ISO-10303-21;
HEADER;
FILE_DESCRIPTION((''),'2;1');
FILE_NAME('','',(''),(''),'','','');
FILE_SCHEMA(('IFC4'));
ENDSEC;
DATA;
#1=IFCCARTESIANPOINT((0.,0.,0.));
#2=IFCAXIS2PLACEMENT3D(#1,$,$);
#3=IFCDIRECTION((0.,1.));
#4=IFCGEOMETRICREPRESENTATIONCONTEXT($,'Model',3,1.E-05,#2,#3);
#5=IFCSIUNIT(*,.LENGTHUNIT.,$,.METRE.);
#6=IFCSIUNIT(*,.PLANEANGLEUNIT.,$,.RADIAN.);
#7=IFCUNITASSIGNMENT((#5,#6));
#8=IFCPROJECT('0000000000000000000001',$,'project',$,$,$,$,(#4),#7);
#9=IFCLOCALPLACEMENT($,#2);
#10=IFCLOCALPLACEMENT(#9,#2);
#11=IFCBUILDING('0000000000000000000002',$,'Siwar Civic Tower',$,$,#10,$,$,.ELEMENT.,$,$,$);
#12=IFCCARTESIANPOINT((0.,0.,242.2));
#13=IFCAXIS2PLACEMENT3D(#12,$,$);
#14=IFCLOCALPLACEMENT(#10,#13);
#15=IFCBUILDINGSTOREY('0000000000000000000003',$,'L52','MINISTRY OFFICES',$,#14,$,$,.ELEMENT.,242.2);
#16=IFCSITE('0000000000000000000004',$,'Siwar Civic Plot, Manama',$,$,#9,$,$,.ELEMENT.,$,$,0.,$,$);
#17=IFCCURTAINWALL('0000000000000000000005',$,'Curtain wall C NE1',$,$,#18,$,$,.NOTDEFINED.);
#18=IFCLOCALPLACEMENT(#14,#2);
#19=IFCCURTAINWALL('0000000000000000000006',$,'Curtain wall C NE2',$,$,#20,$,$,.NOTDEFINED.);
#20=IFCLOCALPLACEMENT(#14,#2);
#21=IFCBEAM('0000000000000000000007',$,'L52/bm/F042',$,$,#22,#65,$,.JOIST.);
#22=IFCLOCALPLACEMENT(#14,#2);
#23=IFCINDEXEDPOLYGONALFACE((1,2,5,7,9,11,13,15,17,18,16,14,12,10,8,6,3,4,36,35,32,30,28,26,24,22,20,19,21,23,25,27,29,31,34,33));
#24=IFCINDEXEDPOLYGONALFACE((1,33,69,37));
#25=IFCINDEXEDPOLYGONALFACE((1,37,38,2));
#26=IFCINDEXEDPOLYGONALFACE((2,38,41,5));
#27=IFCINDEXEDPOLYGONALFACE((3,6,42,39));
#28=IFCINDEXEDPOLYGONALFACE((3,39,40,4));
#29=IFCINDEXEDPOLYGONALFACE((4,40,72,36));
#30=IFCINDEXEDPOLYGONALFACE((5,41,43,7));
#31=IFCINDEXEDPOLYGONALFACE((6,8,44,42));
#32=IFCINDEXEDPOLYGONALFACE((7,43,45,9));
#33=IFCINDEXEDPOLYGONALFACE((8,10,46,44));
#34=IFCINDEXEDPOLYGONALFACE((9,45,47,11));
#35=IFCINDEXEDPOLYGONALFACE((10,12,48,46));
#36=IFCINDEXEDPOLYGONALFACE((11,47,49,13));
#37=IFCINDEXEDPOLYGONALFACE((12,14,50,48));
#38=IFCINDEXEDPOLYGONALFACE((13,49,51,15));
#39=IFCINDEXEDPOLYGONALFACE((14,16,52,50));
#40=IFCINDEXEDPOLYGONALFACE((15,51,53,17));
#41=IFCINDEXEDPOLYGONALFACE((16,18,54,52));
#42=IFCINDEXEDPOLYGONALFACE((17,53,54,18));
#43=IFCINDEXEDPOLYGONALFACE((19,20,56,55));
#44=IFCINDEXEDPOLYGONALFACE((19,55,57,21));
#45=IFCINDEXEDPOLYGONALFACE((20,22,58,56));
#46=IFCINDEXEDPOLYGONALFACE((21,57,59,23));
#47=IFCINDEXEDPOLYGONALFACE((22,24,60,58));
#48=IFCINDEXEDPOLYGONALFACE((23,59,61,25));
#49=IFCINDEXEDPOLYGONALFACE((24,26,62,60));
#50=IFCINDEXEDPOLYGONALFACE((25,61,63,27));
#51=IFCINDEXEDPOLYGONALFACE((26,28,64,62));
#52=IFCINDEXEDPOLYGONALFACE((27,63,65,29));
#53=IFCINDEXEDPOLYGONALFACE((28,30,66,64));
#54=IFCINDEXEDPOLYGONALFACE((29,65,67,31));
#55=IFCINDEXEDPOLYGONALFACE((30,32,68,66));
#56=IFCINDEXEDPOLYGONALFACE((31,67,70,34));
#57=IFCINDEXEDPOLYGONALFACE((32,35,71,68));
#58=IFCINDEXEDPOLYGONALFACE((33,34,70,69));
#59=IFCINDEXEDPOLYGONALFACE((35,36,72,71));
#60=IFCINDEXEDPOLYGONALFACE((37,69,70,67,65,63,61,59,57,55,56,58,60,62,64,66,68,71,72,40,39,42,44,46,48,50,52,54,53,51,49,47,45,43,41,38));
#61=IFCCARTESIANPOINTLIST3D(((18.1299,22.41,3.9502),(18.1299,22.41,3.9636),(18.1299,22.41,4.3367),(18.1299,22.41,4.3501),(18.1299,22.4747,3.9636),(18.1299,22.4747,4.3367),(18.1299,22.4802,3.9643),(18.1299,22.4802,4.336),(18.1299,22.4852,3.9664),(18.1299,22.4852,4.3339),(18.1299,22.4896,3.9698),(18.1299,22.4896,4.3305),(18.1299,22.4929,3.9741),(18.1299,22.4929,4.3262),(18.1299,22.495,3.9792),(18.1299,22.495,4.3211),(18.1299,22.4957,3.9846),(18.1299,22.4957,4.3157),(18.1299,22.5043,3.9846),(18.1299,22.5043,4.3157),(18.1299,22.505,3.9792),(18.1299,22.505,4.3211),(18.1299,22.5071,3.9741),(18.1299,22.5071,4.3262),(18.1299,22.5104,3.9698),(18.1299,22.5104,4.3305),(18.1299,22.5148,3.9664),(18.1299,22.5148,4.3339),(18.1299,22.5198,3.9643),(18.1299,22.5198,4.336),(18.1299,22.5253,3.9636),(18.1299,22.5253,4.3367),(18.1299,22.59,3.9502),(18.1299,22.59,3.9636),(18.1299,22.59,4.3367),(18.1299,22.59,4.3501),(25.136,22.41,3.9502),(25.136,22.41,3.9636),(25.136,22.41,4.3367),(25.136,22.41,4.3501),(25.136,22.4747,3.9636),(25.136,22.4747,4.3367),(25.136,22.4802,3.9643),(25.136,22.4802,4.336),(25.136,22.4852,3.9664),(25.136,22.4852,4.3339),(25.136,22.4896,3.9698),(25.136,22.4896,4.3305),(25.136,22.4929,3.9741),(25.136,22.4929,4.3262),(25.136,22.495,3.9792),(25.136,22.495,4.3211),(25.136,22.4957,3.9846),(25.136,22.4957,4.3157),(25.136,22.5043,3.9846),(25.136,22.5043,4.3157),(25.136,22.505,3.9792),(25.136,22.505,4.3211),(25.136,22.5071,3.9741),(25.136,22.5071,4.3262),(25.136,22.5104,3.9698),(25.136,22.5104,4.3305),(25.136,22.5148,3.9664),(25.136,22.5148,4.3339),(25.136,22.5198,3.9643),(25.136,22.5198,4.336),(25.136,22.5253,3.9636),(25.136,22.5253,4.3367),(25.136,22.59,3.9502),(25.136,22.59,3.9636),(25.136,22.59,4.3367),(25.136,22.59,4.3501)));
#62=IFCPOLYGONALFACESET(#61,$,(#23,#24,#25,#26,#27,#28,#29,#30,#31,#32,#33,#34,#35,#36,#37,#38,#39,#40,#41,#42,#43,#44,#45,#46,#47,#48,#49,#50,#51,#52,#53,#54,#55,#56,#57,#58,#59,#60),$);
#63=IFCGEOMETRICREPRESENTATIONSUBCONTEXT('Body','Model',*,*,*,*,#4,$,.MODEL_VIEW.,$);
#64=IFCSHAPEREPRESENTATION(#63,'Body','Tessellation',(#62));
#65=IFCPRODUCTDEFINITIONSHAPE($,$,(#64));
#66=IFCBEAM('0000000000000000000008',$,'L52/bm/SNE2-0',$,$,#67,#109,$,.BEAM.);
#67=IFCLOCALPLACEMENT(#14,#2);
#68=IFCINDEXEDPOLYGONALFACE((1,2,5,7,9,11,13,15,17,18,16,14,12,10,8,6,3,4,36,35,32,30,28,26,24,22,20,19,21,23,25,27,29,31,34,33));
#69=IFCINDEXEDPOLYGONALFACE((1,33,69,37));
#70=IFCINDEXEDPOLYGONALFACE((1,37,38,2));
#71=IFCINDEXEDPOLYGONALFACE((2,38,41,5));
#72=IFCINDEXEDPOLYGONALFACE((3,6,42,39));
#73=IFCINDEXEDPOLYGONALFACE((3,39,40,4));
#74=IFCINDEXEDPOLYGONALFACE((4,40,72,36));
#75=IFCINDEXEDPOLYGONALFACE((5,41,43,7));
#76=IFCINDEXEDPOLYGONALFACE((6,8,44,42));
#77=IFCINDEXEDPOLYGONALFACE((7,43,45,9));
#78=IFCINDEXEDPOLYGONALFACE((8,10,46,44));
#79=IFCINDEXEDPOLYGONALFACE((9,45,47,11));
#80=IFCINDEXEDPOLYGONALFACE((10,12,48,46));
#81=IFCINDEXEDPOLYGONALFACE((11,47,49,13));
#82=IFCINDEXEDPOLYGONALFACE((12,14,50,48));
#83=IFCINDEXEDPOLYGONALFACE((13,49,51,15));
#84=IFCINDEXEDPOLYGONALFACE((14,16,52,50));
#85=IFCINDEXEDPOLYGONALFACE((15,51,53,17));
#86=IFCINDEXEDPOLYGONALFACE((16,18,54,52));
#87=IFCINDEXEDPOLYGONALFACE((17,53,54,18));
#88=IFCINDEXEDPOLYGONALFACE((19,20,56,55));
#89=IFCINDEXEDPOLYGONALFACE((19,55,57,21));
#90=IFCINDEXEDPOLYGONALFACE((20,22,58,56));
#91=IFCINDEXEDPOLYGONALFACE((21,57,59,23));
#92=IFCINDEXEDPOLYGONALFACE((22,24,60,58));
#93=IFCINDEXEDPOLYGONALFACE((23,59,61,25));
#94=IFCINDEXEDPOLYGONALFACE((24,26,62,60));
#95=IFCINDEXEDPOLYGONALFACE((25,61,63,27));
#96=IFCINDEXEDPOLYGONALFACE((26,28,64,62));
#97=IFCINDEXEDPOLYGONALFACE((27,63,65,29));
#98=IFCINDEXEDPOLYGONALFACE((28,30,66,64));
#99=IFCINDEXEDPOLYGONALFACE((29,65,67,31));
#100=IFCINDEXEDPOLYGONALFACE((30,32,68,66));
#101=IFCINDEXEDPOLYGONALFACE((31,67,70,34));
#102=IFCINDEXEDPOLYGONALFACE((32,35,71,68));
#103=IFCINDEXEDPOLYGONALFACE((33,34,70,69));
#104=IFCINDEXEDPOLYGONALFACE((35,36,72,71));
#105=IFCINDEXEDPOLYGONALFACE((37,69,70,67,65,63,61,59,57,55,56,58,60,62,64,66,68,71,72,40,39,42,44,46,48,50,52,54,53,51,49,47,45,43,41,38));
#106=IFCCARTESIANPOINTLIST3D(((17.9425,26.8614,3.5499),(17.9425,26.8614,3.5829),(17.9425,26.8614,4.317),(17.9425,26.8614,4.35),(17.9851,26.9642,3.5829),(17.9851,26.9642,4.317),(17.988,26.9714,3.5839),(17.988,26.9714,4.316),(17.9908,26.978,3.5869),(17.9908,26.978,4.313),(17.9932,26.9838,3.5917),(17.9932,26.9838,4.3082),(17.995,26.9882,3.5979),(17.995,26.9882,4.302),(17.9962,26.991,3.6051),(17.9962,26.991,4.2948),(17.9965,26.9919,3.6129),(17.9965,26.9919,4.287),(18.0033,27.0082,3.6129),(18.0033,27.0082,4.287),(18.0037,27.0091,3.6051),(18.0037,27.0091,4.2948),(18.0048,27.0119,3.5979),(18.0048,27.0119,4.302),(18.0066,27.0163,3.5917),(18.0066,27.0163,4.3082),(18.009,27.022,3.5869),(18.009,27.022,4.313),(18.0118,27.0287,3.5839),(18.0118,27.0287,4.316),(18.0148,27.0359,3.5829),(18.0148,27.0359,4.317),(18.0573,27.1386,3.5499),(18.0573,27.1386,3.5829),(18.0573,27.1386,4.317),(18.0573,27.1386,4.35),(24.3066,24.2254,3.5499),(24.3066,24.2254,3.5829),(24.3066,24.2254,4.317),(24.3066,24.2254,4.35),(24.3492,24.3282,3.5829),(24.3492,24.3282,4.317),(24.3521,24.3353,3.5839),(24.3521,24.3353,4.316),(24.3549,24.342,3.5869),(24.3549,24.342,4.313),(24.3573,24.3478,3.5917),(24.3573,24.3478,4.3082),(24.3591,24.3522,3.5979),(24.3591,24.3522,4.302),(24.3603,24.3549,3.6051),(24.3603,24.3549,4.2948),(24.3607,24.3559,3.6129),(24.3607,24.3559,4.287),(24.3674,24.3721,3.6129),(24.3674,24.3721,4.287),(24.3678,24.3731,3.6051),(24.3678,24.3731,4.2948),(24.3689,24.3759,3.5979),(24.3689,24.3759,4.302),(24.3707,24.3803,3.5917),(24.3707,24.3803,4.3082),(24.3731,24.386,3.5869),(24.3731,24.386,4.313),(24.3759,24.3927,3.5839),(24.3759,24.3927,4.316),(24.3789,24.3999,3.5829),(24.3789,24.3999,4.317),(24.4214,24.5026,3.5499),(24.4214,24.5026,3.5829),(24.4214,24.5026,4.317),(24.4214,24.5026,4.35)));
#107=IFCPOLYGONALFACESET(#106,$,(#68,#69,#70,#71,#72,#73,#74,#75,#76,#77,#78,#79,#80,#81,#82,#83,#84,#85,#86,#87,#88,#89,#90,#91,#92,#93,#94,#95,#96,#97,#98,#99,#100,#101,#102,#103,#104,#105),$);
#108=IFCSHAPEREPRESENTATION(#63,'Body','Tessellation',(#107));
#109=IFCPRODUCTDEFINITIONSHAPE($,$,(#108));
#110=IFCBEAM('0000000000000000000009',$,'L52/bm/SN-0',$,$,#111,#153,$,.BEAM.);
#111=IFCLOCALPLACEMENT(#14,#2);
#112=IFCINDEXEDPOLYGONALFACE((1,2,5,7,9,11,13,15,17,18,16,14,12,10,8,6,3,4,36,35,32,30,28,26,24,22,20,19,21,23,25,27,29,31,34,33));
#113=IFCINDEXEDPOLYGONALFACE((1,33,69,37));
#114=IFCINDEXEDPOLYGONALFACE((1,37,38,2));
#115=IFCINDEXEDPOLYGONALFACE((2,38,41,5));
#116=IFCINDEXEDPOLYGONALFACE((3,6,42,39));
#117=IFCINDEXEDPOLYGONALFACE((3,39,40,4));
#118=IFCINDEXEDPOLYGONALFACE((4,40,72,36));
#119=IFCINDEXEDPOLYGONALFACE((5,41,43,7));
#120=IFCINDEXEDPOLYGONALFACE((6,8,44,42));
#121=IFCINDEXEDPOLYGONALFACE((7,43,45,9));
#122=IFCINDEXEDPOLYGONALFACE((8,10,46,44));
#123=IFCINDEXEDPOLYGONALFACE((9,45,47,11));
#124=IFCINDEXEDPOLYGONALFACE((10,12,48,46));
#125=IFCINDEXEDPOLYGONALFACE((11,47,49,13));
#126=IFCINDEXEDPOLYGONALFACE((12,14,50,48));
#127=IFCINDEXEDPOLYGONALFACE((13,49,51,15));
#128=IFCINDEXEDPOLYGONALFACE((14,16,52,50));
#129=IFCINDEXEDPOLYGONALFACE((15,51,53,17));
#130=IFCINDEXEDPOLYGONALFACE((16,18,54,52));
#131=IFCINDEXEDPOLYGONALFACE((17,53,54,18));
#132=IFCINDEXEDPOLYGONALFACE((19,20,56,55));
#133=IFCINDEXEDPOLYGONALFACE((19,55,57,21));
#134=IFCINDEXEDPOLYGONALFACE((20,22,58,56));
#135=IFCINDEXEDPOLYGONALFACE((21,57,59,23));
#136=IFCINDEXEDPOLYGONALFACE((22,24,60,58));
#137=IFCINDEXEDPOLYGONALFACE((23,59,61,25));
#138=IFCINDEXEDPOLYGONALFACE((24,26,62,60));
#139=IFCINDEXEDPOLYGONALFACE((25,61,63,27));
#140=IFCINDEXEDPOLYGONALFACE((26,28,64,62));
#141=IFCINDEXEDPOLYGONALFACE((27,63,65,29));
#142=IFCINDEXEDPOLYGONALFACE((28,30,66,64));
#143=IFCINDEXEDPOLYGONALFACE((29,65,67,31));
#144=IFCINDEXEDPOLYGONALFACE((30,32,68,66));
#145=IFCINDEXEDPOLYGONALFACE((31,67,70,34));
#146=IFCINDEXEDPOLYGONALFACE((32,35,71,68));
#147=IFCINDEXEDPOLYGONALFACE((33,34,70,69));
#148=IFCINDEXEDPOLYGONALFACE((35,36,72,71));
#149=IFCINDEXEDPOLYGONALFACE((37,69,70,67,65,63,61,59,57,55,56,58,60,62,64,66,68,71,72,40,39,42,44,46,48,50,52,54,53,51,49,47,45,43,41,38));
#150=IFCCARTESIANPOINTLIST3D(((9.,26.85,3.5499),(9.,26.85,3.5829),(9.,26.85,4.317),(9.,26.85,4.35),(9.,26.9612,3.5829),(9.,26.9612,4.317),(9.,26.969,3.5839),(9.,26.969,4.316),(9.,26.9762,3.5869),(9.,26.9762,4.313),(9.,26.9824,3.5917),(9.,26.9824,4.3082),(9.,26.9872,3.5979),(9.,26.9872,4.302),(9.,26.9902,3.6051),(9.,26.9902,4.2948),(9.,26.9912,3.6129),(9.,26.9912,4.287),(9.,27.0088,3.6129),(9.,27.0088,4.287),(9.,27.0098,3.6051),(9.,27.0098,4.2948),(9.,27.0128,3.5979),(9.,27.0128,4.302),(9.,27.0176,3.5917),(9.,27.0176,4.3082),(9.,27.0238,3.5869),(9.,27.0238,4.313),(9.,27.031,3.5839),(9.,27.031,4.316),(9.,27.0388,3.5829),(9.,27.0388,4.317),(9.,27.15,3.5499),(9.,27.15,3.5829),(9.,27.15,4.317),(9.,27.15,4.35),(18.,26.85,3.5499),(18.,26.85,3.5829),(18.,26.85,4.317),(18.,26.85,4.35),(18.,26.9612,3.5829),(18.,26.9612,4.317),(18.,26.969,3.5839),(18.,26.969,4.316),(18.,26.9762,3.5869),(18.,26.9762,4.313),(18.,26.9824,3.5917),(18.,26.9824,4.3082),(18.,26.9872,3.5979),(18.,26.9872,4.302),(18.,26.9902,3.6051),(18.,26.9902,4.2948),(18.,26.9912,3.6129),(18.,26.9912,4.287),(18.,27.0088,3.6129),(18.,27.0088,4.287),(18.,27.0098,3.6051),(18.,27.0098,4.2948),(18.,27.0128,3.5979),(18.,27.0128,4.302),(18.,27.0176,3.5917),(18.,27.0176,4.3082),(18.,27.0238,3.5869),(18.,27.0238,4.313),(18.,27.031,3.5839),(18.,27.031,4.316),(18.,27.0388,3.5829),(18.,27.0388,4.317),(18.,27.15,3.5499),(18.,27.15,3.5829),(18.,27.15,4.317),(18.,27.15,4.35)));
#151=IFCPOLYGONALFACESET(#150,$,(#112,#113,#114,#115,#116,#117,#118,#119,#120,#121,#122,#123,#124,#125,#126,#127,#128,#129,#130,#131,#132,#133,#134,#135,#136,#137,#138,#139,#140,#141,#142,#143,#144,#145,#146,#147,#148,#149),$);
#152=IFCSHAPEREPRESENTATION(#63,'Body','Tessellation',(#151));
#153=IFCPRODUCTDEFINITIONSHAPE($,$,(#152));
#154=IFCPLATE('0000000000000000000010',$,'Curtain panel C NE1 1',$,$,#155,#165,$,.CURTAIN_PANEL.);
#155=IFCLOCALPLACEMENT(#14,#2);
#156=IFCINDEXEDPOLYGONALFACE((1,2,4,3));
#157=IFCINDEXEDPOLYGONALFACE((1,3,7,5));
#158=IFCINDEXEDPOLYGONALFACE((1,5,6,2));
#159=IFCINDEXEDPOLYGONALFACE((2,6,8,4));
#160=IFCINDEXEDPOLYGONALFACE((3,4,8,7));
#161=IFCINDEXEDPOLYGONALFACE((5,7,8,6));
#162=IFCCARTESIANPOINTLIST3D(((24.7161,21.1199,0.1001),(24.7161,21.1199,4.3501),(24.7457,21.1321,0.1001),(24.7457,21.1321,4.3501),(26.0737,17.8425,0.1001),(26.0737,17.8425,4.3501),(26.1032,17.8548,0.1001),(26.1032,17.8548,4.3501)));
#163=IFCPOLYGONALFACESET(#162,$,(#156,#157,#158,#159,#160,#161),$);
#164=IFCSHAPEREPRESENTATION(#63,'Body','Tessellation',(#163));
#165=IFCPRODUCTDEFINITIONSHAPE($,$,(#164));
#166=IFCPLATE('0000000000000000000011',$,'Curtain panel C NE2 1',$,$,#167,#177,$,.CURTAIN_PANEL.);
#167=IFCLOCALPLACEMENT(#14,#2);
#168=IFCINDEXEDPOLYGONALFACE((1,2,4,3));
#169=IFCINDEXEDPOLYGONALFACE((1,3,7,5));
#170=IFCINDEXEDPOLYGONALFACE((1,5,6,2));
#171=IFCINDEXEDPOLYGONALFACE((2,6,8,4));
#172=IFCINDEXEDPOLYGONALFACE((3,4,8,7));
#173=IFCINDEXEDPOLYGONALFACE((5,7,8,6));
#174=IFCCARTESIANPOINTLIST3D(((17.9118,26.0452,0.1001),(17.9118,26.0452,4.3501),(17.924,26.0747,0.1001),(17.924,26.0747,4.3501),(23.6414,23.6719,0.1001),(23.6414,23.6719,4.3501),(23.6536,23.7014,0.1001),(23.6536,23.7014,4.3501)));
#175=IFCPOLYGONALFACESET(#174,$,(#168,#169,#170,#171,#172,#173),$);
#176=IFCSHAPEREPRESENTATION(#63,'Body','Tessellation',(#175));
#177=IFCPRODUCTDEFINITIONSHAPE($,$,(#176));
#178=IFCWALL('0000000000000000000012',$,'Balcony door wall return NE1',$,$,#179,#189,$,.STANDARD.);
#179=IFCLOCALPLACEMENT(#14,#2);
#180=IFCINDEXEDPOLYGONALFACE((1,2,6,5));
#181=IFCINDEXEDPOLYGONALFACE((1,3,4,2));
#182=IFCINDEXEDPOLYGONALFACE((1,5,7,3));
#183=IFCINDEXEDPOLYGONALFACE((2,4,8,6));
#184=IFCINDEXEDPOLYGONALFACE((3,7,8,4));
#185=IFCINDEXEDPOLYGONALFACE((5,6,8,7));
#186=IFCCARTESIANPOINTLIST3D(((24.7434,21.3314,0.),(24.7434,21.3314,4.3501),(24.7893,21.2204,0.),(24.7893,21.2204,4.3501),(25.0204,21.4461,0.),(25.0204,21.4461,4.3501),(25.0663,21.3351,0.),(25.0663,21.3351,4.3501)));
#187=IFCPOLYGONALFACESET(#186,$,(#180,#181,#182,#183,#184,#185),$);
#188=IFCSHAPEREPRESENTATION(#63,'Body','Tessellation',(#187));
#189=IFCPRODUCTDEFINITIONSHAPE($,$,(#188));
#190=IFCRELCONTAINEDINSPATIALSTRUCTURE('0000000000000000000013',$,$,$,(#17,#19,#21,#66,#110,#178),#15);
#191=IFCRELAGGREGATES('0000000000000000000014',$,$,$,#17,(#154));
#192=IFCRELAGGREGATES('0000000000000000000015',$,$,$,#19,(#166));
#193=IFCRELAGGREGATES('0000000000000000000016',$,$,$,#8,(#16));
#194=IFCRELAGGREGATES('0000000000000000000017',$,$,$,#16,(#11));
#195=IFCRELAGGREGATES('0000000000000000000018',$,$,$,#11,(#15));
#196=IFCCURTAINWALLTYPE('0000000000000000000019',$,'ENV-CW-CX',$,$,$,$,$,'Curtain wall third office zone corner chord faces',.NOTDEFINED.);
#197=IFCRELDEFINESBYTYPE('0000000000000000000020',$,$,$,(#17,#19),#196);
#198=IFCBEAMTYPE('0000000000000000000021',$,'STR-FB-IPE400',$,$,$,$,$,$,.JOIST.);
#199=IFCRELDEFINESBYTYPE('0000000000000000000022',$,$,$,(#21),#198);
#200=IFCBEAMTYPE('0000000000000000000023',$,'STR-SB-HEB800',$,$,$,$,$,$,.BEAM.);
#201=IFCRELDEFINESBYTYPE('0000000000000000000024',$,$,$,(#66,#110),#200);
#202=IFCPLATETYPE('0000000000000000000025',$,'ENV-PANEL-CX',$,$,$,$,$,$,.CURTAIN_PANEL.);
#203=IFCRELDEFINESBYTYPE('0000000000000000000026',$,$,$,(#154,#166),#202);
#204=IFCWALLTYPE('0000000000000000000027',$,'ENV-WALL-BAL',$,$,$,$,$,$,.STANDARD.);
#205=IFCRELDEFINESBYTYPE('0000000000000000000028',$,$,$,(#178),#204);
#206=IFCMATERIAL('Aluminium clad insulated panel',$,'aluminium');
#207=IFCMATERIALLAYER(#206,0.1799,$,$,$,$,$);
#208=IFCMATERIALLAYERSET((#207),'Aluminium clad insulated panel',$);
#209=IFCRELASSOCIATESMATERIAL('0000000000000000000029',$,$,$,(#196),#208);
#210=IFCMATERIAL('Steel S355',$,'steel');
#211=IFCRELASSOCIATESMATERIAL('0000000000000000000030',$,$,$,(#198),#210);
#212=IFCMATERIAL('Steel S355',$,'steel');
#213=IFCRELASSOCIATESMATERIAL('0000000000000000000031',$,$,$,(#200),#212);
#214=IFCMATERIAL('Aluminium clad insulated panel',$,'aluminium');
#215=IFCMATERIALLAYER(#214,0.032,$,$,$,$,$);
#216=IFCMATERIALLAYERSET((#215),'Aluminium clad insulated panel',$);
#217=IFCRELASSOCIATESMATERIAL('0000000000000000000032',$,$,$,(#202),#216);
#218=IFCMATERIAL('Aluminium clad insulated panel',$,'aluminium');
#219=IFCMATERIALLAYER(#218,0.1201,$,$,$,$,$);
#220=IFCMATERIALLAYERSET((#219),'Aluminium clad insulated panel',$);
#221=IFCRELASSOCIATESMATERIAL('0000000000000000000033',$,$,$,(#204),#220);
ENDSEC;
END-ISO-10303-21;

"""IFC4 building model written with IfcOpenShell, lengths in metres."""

from ifc_helpers import new_model, si_unit, direction, frame, frame_2d, origin, origin_2d, place, context, subcontext, project, spatial, rectangle, i_section, extrude, material, layer, layer_set, material_profile, profile_set, type_object, element, aggregate, save


model = new_model("IFC4")

# Units and contexts
model_context = context("Model", 3, precision=1e-05, world=origin(), true_north=direction((0.0, 1.0)))
body_context = subcontext(model_context, "Body", "Model", "MODEL_VIEW")
ifc_project = project(units=[si_unit("LENGTHUNIT", "METRE"), si_unit("PLANEANGLEUNIT", "RADIAN")], contexts=[model_context])

# Site, building, storey
site_placement = place(None, origin())
site = spatial("IfcSite", under=ifc_project, at=site_placement, Name="Siwar Civic Plot, Manama", CompositionType="ELEMENT", RefElevation=0.0)
building_placement = place(site_placement, origin())
building = spatial("IfcBuilding", under=site, at=building_placement, Name="Siwar Civic Tower", CompositionType="ELEMENT")
storey_placement = place(building_placement, frame((0.0, 0.0, 242.2)))
storey = spatial("IfcBuildingStorey", under=building, at=storey_placement, Name="L52", Description="MINISTRY OFFICES", CompositionType="ELEMENT", Elevation=242.2)

# Curtain wall
ifc_material_1 = material(Name="Aluminium clad insulated panel", Category="aluminium")
ifc_layer_1 = layer(ifc_material_1, 0.1799)
ifc_layer_set_1 = layer_set([ifc_layer_1], Name="Aluminium clad insulated panel")
curtain_wall_type = type_object("IfcCurtainWallType", Name="ENV-CW-CX", ElementType="Curtain wall third office zone corner chord faces", PredefinedType="NOTDEFINED", material=ifc_layer_set_1)
curtain_wall_1_placement = place(storey_placement, origin())
curtain_wall_1 = element("IfcCurtainWall", 1, at=curtain_wall_1_placement, inside=storey, type_object=curtain_wall_type, Name="Curtain wall C NE1", PredefinedType="NOTDEFINED")

# Curtain wall
curtain_wall_2_placement = place(storey_placement, origin())
curtain_wall_2 = element("IfcCurtainWall", 2, at=curtain_wall_2_placement, inside=storey, type_object=curtain_wall_type, Name="Curtain wall C NE2", PredefinedType="NOTDEFINED")

# Beams
ifc_material_2 = material(Name="Steel S355", Category="steel")
ifc_material_profile_1 = material_profile(ifc_material_2, i_section(OverallWidth=0.1799, OverallDepth=0.3999, WebThickness=0.0085, FlangeThickness=0.0134, FilletRadius=0.021, at=origin_2d()), Name="IPE400")
ifc_profile_set_1 = profile_set([ifc_material_profile_1], Name="Steel S355")
beam_type_1 = type_object("IfcBeamType", Name="STR-FB-IPE400", PredefinedType="JOIST", material=ifc_profile_set_1)
beam_1_placement = place(storey_placement, frame((18.1299, 22.5, 4.1501), z_axis=(1.0, 0.0, 0.0), x_axis=(0.0, 1.0, 0.0)))
element("IfcBeam", 3, at=beam_1_placement, inside=storey, type_object=beam_type_1, Name="L52/bm/F042", PredefinedType="JOIST", context=body_context, shape_type="SweptSolid", body=[
    extrude(i_section(OverallWidth=0.1799, OverallDepth=0.3999, WebThickness=0.0085, FlangeThickness=0.0134, FilletRadius=0.021, at=origin_2d()), origin(), (0.0, 0.0, 1.0), 7.0061),
])
ifc_material_3 = material(Name="Steel S355", Category="steel")
ifc_material_profile_2 = material_profile(ifc_material_3, i_section(OverallWidth=0.3, OverallDepth=0.8, WebThickness=0.0176, FlangeThickness=0.033, FilletRadius=0.03, at=origin_2d()), Name="HEB800")
ifc_profile_set_2 = profile_set([ifc_material_profile_2], Name="Steel S355")
beam_type_2 = type_object("IfcBeamType", Name="STR-SB-HEB800", PredefinedType="BEAM", material=ifc_profile_set_2)
beam_2_placement = place(storey_placement, frame((24.364, 24.364, 3.95), z_axis=(-0.923883, 0.382674, 0.0), x_axis=(-0.382674, -0.923883, 0.0)))
element("IfcBeam", 4, at=beam_2_placement, inside=storey, type_object=beam_type_2, Name="L52/bm/SNE2-0", PredefinedType="BEAM", context=body_context, shape_type="SweptSolid", body=[
    extrude(i_section(OverallWidth=0.3, OverallDepth=0.8, WebThickness=0.0176, FlangeThickness=0.033, FilletRadius=0.03, at=origin_2d()), origin(), (0.0, 0.0, 1.0), 6.8884),
])
beam_3_placement = place(storey_placement, frame((18.0, 27.0, 3.95), z_axis=(-1.0, 0.0, 0.0), x_axis=(0.0, -1.0, 0.0)))
element("IfcBeam", 5, at=beam_3_placement, inside=storey, type_object=beam_type_2, Name="L52/bm/SN-0", PredefinedType="BEAM", context=body_context, shape_type="SweptSolid", body=[
    extrude(i_section(OverallWidth=0.3, OverallDepth=0.8, WebThickness=0.0176, FlangeThickness=0.033, FilletRadius=0.03, at=origin_2d()), origin(), (0.0, 0.0, 1.0), 9.0),
])

# Plates
ifc_material_4 = material(Name="Aluminium clad insulated panel", Category="aluminium")
ifc_layer_2 = layer(ifc_material_4, 0.032)
ifc_layer_set_2 = layer_set([ifc_layer_2], Name="Aluminium clad insulated panel")
plate_type = type_object("IfcPlateType", Name="ENV-PANEL-CX", PredefinedType="CURTAIN_PANEL", material=ifc_layer_set_2)
plate_1_placement = place(storey_placement, frame((25.4097, 19.4873, 0.1001), z_axis=(0.0, 0.0, 1.0), x_axis=(-0.382683, 0.92388, 0.0)))
plate_1 = element("IfcPlate", 6, at=plate_1_placement, type_object=plate_type, Name="Curtain panel C NE1 1", PredefinedType="CURTAIN_PANEL", context=body_context, shape_type="SweptSolid", body=[
    extrude(rectangle(XDim=3.5474, YDim=0.032, at=origin_2d()), origin(), (0.0, 0.0, 1.0), 4.25),
])
aggregate(curtain_wall_1, [plate_1])
plate_2_placement = place(storey_placement, frame((20.7827, 24.8733, 0.1001), z_axis=(0.0, 0.0, 1.0), x_axis=(-0.92388, 0.382683, 0.0)))
plate_2 = element("IfcPlate", 7, at=plate_2_placement, type_object=plate_type, Name="Curtain panel C NE2 1", PredefinedType="CURTAIN_PANEL", context=body_context, shape_type="SweptSolid", body=[
    extrude(rectangle(XDim=6.2017, YDim=0.032, at=origin_2d()), origin(), (0.0, 0.0, 1.0), 4.25),
])
aggregate(curtain_wall_2, [plate_2])

# Wall
ifc_material_5 = material(Name="Aluminium clad insulated panel", Category="aluminium")
ifc_layer_3 = layer(ifc_material_5, 0.1201)
ifc_layer_set_3 = layer_set([ifc_layer_3], Name="Aluminium clad insulated panel")
wall_type = type_object("IfcWallType", Name="ENV-WALL-BAL", PredefinedType="STANDARD", material=ifc_layer_set_3)
wall_1_placement = place(storey_placement, frame((24.7664, 21.2759, 0.0), z_axis=(0.0, 0.0, 1.0), x_axis=(0.923918, 0.382591, 0.0)))
element("IfcWall", 8, at=wall_1_placement, inside=storey, type_object=wall_type, Name="Balcony door wall return NE1", PredefinedType="STANDARD", context=body_context, shape_type="SweptSolid", body=[
    extrude(rectangle(XDim=0.2998, YDim=0.1201, at=frame_2d((0.1499, 0.0))), origin(), (0.0, 0.0, 1.0), 4.3501),
])

save(model, "model.ifc")
